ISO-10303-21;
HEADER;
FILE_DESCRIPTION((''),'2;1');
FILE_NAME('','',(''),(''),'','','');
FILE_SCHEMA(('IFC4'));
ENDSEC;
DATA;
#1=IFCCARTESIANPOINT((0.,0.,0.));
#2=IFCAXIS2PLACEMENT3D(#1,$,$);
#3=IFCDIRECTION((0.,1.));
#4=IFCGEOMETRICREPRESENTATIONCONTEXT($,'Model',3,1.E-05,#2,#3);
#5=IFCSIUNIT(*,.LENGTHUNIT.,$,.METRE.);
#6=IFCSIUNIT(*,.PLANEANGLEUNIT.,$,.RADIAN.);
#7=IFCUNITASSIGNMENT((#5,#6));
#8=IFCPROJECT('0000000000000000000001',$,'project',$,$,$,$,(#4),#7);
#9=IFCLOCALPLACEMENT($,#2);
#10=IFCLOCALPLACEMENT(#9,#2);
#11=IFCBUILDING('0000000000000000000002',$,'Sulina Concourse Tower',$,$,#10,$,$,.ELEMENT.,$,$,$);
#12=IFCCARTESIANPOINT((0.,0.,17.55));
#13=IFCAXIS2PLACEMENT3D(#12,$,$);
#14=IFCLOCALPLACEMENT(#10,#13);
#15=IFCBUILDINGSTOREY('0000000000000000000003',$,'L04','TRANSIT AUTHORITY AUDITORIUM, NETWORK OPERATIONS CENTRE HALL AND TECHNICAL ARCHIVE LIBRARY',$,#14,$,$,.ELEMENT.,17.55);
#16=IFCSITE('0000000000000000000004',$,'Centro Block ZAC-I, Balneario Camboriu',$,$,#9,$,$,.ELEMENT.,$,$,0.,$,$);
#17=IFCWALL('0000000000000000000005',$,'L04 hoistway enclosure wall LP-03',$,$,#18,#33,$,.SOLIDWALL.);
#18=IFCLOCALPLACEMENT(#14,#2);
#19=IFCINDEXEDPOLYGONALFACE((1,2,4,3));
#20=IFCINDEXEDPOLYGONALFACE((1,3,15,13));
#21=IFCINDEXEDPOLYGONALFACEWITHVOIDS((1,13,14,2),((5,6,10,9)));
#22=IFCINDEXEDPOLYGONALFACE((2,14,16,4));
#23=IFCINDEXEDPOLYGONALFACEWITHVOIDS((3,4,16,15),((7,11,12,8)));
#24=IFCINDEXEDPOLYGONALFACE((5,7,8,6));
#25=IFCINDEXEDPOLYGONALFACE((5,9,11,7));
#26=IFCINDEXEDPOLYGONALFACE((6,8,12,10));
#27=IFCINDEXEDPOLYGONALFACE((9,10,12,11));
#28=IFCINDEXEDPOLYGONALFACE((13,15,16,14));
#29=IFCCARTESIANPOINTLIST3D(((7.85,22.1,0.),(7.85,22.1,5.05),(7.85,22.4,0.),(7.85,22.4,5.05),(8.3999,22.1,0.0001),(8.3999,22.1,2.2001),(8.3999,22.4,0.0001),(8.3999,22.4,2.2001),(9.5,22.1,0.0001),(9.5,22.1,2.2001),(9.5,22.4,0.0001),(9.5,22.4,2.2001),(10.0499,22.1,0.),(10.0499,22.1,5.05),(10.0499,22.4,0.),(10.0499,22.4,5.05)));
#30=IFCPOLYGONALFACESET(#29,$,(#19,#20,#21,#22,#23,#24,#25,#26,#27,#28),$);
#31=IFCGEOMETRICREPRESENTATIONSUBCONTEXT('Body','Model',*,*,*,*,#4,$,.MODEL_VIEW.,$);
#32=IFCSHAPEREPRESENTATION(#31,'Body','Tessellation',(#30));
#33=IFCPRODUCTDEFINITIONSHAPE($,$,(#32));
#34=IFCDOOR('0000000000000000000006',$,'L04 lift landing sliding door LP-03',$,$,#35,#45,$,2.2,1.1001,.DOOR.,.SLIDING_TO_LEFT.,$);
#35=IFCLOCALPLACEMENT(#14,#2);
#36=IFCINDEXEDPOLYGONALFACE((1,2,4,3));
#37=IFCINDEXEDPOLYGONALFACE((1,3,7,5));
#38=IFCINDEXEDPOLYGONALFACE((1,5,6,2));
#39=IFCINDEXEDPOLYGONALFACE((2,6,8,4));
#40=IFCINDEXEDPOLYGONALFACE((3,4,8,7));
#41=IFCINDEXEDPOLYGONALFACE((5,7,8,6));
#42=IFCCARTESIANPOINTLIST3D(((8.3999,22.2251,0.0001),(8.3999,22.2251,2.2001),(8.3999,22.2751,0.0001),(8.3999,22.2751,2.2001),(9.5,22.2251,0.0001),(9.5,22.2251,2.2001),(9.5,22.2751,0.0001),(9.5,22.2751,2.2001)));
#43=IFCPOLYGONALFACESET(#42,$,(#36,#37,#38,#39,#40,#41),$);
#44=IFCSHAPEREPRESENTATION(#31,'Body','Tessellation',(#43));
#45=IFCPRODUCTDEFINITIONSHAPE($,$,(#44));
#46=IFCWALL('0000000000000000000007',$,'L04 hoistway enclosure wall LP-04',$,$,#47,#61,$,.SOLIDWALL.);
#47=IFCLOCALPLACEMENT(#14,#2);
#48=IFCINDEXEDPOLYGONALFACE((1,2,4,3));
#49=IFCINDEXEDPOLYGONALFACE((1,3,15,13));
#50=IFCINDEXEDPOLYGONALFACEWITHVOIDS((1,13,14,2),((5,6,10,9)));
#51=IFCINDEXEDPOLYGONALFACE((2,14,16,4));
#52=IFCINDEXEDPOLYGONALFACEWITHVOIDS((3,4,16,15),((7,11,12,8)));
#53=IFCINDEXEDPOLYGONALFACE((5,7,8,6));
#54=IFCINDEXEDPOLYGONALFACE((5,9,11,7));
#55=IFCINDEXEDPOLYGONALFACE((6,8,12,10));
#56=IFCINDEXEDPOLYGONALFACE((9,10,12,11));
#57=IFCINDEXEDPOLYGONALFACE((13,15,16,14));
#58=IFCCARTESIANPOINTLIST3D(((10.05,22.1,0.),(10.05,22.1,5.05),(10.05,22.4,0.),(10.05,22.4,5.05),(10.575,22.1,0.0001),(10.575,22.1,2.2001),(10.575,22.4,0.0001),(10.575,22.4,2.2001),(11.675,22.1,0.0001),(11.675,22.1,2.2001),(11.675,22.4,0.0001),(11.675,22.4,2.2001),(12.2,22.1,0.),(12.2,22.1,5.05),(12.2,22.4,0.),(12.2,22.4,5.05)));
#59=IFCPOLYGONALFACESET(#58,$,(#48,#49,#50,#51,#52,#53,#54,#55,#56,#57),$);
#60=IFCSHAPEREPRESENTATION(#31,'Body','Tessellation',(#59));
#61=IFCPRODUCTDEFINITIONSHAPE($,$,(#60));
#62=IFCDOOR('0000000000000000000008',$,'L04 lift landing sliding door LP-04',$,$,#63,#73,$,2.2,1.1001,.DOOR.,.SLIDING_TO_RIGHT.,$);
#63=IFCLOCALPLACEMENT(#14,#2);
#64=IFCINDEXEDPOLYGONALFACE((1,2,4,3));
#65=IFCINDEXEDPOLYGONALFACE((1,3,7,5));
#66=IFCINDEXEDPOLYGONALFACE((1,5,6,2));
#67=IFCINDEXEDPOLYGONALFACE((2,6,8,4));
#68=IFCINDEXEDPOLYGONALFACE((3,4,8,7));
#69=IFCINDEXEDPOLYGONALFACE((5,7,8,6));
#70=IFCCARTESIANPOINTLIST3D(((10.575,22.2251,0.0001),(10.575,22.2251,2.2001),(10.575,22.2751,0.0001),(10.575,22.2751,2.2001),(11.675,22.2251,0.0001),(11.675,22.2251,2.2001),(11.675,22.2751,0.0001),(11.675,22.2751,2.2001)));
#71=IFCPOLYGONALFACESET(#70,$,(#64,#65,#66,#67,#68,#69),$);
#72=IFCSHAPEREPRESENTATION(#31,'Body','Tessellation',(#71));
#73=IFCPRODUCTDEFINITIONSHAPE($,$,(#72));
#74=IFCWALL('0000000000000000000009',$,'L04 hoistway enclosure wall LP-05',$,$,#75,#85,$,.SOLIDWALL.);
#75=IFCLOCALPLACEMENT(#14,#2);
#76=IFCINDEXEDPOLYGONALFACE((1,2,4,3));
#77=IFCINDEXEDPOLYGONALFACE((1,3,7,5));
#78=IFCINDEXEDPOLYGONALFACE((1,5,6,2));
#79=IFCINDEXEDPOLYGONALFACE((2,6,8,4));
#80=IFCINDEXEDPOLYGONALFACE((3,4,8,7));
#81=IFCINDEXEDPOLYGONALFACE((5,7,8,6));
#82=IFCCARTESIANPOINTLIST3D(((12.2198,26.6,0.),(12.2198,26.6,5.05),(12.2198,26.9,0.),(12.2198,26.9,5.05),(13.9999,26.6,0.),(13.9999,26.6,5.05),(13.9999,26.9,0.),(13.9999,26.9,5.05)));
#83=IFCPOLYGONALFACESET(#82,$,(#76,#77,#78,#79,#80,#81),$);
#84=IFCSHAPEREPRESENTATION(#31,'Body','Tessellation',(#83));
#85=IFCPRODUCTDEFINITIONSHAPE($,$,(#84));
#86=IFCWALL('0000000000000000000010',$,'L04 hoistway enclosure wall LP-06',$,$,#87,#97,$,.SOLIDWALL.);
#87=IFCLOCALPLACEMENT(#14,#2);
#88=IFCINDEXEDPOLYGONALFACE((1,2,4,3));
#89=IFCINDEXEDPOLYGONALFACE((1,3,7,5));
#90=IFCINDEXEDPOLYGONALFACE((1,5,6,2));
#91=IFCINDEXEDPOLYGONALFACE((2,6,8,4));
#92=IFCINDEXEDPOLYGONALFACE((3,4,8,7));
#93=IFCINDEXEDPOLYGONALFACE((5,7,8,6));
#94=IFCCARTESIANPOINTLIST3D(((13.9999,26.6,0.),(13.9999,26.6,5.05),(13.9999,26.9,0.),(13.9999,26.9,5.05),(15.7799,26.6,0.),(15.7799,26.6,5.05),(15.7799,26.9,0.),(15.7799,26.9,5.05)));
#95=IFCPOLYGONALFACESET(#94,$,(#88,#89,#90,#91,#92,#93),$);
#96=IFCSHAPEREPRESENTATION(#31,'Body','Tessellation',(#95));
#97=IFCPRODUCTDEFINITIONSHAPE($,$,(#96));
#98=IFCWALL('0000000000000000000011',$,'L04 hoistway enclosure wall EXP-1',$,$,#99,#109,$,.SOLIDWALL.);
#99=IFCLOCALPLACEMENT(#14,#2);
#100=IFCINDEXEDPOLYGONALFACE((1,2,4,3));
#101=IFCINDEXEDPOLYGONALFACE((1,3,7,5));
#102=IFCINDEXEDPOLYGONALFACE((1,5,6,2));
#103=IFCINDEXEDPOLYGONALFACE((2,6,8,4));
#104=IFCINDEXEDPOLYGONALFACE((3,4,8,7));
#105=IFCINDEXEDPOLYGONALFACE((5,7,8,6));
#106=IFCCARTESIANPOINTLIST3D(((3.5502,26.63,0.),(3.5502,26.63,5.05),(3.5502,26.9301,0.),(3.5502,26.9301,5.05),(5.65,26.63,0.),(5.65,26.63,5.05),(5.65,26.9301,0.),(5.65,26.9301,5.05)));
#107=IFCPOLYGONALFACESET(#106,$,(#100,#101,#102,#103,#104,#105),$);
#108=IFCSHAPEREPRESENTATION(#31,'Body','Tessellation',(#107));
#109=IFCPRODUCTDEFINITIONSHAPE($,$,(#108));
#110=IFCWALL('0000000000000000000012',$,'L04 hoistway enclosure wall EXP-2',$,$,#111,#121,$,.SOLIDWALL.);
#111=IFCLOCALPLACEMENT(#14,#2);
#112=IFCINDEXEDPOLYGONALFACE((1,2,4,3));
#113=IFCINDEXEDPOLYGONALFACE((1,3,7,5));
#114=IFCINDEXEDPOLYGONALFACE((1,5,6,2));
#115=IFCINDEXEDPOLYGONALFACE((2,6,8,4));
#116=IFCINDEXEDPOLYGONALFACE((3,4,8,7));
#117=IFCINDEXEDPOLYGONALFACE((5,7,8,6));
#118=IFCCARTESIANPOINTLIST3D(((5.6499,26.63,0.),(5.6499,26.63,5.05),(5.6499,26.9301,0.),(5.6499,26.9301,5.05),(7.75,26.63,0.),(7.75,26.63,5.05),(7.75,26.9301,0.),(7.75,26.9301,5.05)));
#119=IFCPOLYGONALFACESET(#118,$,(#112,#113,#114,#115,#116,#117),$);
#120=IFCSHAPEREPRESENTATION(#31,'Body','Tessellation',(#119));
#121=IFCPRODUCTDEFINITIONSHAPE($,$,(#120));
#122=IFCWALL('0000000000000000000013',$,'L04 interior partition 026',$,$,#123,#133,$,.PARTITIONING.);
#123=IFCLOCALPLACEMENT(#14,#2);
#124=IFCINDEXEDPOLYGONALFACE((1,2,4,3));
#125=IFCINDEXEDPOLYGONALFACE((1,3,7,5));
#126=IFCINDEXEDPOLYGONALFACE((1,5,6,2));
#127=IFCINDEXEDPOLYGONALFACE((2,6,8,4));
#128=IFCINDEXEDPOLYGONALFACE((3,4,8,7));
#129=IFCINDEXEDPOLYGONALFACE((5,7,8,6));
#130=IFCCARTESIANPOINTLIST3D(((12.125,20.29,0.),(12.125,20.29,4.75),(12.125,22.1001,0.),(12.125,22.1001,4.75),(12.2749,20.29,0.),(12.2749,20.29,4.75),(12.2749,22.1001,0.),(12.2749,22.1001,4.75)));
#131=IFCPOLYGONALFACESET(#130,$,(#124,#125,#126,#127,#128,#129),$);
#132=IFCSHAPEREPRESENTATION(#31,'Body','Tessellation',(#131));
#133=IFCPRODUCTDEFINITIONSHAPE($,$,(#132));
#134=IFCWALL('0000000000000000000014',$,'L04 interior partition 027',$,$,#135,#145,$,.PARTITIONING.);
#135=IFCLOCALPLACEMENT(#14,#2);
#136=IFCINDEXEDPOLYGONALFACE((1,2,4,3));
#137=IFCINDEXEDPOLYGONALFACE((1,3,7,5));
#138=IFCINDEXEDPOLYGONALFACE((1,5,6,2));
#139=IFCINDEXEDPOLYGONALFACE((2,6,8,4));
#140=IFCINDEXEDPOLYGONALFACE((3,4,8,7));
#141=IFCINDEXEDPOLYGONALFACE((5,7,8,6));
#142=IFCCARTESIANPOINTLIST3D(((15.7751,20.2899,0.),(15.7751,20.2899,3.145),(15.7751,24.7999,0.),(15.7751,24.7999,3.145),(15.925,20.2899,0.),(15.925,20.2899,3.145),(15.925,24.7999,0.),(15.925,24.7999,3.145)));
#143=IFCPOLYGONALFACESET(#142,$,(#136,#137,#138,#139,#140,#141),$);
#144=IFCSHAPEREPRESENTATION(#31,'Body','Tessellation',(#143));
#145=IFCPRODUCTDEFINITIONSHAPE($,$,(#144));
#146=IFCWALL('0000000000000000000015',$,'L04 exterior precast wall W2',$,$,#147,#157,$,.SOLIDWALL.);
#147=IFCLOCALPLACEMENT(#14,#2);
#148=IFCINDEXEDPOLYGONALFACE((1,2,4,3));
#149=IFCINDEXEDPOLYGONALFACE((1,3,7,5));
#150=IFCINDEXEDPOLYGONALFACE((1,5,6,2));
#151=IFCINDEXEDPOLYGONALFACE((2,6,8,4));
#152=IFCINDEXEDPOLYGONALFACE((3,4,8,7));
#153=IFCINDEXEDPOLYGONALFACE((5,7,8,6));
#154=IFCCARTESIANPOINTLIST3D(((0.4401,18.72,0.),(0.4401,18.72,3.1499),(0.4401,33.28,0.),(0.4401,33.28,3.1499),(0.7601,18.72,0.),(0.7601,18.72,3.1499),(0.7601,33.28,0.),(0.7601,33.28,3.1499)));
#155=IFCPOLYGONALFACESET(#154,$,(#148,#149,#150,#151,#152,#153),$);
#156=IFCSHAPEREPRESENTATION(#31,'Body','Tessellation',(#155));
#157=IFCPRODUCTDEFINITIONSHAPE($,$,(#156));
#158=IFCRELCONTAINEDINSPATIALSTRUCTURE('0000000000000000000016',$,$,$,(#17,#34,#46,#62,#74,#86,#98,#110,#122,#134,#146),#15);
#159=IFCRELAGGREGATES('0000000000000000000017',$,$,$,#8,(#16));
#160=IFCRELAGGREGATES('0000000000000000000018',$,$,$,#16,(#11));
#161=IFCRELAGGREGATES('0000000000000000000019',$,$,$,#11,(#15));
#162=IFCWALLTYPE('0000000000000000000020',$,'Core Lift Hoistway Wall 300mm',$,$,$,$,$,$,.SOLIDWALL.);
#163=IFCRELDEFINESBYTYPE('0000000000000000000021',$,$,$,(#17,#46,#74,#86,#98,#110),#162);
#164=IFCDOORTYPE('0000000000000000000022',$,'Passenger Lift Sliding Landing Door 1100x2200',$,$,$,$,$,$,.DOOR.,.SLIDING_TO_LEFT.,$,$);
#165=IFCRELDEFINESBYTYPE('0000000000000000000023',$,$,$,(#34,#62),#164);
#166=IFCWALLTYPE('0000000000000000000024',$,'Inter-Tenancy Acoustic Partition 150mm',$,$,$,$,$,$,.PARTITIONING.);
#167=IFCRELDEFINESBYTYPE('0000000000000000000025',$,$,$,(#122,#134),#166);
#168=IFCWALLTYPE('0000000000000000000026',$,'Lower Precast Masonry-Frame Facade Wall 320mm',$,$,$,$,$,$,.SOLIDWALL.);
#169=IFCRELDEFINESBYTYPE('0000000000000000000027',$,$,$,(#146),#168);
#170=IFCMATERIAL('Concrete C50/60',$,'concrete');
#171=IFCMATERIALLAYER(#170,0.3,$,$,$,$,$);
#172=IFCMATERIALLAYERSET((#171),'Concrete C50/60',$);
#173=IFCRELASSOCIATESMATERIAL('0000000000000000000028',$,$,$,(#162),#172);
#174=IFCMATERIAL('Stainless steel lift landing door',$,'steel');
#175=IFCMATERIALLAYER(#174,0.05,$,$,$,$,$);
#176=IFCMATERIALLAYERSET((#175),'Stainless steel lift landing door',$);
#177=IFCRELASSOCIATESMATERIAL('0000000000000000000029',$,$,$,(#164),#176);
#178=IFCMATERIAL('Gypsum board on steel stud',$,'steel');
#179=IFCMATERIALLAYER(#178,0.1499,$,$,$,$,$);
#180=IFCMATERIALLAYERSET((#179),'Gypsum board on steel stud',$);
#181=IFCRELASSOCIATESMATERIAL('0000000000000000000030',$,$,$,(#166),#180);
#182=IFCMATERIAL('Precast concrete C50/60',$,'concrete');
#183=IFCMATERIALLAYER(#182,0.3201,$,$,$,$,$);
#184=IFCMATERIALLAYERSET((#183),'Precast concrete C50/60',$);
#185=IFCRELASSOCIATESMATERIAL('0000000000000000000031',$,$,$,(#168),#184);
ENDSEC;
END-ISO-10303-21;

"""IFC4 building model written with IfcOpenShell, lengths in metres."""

from ifc_helpers import new_model, si_unit, direction, frame, frame_2d, origin, place, context, subcontext, project, spatial, rectangle, extrude, material, layer, layer_set, type_object, element, fill, save


model = new_model("IFC4")

# Units and contexts
model_context = context("Model", 3, precision=1e-05, world=origin(), true_north=direction((0.0, 1.0)))
body_context = subcontext(model_context, "Body", "Model", "MODEL_VIEW")
ifc_project = project(units=[si_unit("LENGTHUNIT", "METRE"), si_unit("PLANEANGLEUNIT", "RADIAN")], contexts=[model_context])

# Site, building, storey
site_placement = place(None, origin())
site = spatial("IfcSite", under=ifc_project, at=site_placement, Name="Centro Block ZAC-I, Balneario Camboriu", CompositionType="ELEMENT", RefElevation=0.0)
building_placement = place(site_placement, origin())
building = spatial("IfcBuilding", under=site, at=building_placement, Name="Sulina Concourse Tower", CompositionType="ELEMENT")
storey_placement = place(building_placement, frame((0.0, 0.0, 17.55)))
storey = spatial("IfcBuildingStorey", under=building, at=storey_placement, Name="L04", Description="TRANSIT AUTHORITY AUDITORIUM, NETWORK OPERATIONS CENTRE HALL AND TECHNICAL ARCHIVE LIBRARY", CompositionType="ELEMENT", Elevation=17.55)

# Walls, openings, doors
ifc_material_1 = material(Name="Concrete C50/60", Category="concrete")
ifc_layer_1 = layer(ifc_material_1, 0.3)
ifc_layer_set_1 = layer_set([ifc_layer_1], Name="Concrete C50/60")
wall_type_1 = type_object("IfcWallType", Name="Core Lift Hoistway Wall 300mm", PredefinedType="SOLIDWALL", material=ifc_layer_set_1)
ifc_material_2 = material(Name="Stainless steel lift landing door", Category="steel")
ifc_layer_2 = layer(ifc_material_2, 0.05)
ifc_layer_set_2 = layer_set([ifc_layer_2], Name="Stainless steel lift landing door")
door_type_1 = type_object("IfcDoorType", Name="Passenger Lift Sliding Landing Door 1100x2200", OperationType="SLIDING_TO_LEFT", PredefinedType="DOOR", material=ifc_layer_set_2)
wall_1_placement = place(storey_placement, frame((10.05, 22.25, 0.0), z_axis=(0.0, 0.0, 1.0), x_axis=(-1.0, 0.0, 0.0)))
wall_1 = element("IfcWall", 1, at=wall_1_placement, inside=storey, type_object=wall_type_1, Name="L04 hoistway enclosure wall LP-03", PredefinedType="SOLIDWALL", context=body_context, shape_type="SweptSolid", body=[
    extrude(rectangle(XDim=2.2, YDim=0.3, at=frame_2d((1.1001, 0.0))), origin(), (0.0, 0.0, 1.0), 5.05),
])
opening_1_placement = place(wall_1_placement, frame((0.55, 0.0, 0.0)))
opening_1 = element("IfcOpeningElement", 2, at=opening_1_placement, cuts=wall_1, PredefinedType="OPENING", context=body_context, shape_type="SweptSolid", body=[
    extrude(rectangle(XDim=1.1001, YDim=2.2, at=frame_2d((0.55, 1.1001))), frame((0.0, 0.1599, 0.0), z_axis=(0.0, -1.0, 0.0), x_axis=(1.0, 0.0, 0.0)), (0.0, 0.0, 1.0), 0.3201),
])
door_1_placement = place(opening_1_placement, origin())
door_1 = element("IfcDoor", 3, at=door_1_placement, inside=storey, type_object=door_type_1, Name="L04 lift landing sliding door LP-03", OperationType="SLIDING_TO_LEFT", OverallHeight=2.2, OverallWidth=1.1001, PredefinedType="DOOR", context=body_context, shape_type="SweptSolid", body=[
    extrude(rectangle(XDim=1.1001, YDim=2.2, at=frame_2d((0.55, 1.1001))), frame((0.0, 0.0249, 0.0), z_axis=(0.0, -1.0, 0.0), x_axis=(1.0, 0.0, 0.0)), (0.0, 0.0, 1.0), 0.05),
])
fill(opening_1, door_1)
wall_2_placement = place(storey_placement, frame((12.2, 22.25, 0.0), z_axis=(0.0, 0.0, 1.0), x_axis=(-1.0, 0.0, 0.0)))
wall_2 = element("IfcWall", 4, at=wall_2_placement, inside=storey, type_object=wall_type_1, Name="L04 hoistway enclosure wall LP-04", PredefinedType="SOLIDWALL", context=body_context, shape_type="SweptSolid", body=[
    extrude(rectangle(XDim=2.1499, YDim=0.3, at=frame_2d((1.075, 0.0))), origin(), (0.0, 0.0, 1.0), 5.05),
])
opening_2_placement = place(wall_2_placement, frame((0.5249, 0.0, 0.0)))
opening_2 = element("IfcOpeningElement", 5, at=opening_2_placement, cuts=wall_2, PredefinedType="OPENING", context=body_context, shape_type="SweptSolid", body=[
    extrude(rectangle(XDim=1.1001, YDim=2.2, at=frame_2d((0.55, 1.1001))), frame((0.0, 0.1599, 0.0), z_axis=(0.0, -1.0, 0.0), x_axis=(1.0, 0.0, 0.0)), (0.0, 0.0, 1.0), 0.3201),
])
door_2_placement = place(opening_2_placement, origin())
door_2 = element("IfcDoor", 6, at=door_2_placement, inside=storey, type_object=door_type_1, Name="L04 lift landing sliding door LP-04", OperationType="SLIDING_TO_RIGHT", OverallHeight=2.2, OverallWidth=1.1001, PredefinedType="DOOR", context=body_context, shape_type="SweptSolid", body=[
    extrude(rectangle(XDim=1.1001, YDim=2.2, at=frame_2d((0.55, 1.1001))), frame((0.0, 0.0249, 0.0), z_axis=(0.0, -1.0, 0.0), x_axis=(1.0, 0.0, 0.0)), (0.0, 0.0, 1.0), 0.05),
])
fill(opening_2, door_2)

# Walls
for number, where, z_axis, x_axis, name in (
    (7, (14.0, 26.75, 0.0), (0.0, 0.0, 1.0), (-1.0, 0.0, 0.0), "L04 hoistway enclosure wall LP-05"),
    (8, (15.78, 26.75, 0.0), (0.0, 0.0, 1.0), (-1.0, 0.0, 0.0), "L04 hoistway enclosure wall LP-06"),
):
    element("IfcWall", number, at=place(storey_placement, frame(where, z_axis=z_axis, x_axis=x_axis)), inside=storey, type_object=wall_type_1, Name=name, PredefinedType="SOLIDWALL", context=body_context, shape_type="SweptSolid", body=[
        extrude(rectangle(XDim=1.78, YDim=0.3, at=frame_2d((0.8901, 0.0))), origin(), (0.0, 0.0, 1.0), 5.05),
    ])
wall_3_placement = place(storey_placement, frame((5.6499, 26.78, 0.0), z_axis=(0.0, 0.0, 1.0), x_axis=(-1.0, 0.0, 0.0)))
element("IfcWall", 9, at=wall_3_placement, inside=storey, type_object=wall_type_1, Name="L04 hoistway enclosure wall EXP-1", PredefinedType="SOLIDWALL", context=body_context, shape_type="SweptSolid", body=[
    extrude(rectangle(XDim=2.0999, YDim=0.3, at=frame_2d((1.0498, 0.0))), origin(), (0.0, 0.0, 1.0), 5.05),
])
wall_4_placement = place(storey_placement, frame((7.75, 26.78, 0.0), z_axis=(0.0, 0.0, 1.0), x_axis=(-1.0, 0.0, 0.0)))
element("IfcWall", 10, at=wall_4_placement, inside=storey, type_object=wall_type_1, Name="L04 hoistway enclosure wall EXP-2", PredefinedType="SOLIDWALL", context=body_context, shape_type="SweptSolid", body=[
    extrude(rectangle(XDim=2.1001, YDim=0.3, at=frame_2d((1.05, 0.0))), origin(), (0.0, 0.0, 1.0), 5.05),
])
ifc_material_3 = material(Name="Gypsum board on steel stud", Category="steel")
ifc_layer_3 = layer(ifc_material_3, 0.1499)
ifc_layer_set_3 = layer_set([ifc_layer_3], Name="Gypsum board on steel stud")
wall_type_2 = type_object("IfcWallType", Name="Inter-Tenancy Acoustic Partition 150mm", PredefinedType="PARTITIONING", material=ifc_layer_set_3)
wall_5_placement = place(storey_placement, frame((12.2, 20.29, 0.0), z_axis=(0.0, 0.0, 1.0), x_axis=(0.0, 1.0, 0.0)))
element("IfcWall", 11, at=wall_5_placement, inside=storey, type_object=wall_type_2, Name="L04 interior partition 026", PredefinedType="PARTITIONING", context=body_context, shape_type="SweptSolid", body=[
    extrude(rectangle(XDim=1.8101, YDim=0.1499, at=frame_2d((0.905, 0.0))), origin(), (0.0, 0.0, 1.0), 4.75),
])
wall_6_placement = place(storey_placement, frame((15.8501, 20.29, 0.0), z_axis=(0.0, 0.0, 1.0), x_axis=(0.0, 1.0, 0.0)))
element("IfcWall", 12, at=wall_6_placement, inside=storey, type_object=wall_type_2, Name="L04 interior partition 027", PredefinedType="PARTITIONING", context=body_context, shape_type="SweptSolid", body=[
    extrude(rectangle(XDim=4.51, YDim=0.1499, at=frame_2d((2.2549, 0.0))), origin(), (0.0, 0.0, 1.0), 3.145),
])

# Wall
ifc_material_4 = material(Name="Precast concrete C50/60", Category="concrete")
ifc_layer_4 = layer(ifc_material_4, 0.3201)
ifc_layer_set_4 = layer_set([ifc_layer_4], Name="Precast concrete C50/60")
wall_type_3 = type_object("IfcWallType", Name="Lower Precast Masonry-Frame Facade Wall 320mm", PredefinedType="SOLIDWALL", material=ifc_layer_set_4)
wall_7_placement = place(storey_placement, frame((0.6001, 18.72, 0.0), z_axis=(0.0, 0.0, 1.0), x_axis=(0.0, 1.0, 0.0)))
element("IfcWall", 13, at=wall_7_placement, inside=storey, type_object=wall_type_3, Name="L04 exterior precast wall W2", PredefinedType="SOLIDWALL", context=body_context, shape_type="SweptSolid", body=[
    extrude(rectangle(XDim=14.5601, YDim=0.3201, at=frame_2d((7.28, 0.0))), origin(), (0.0, 0.0, 1.0), 3.1499),
])

save(model, "model.ifc")
